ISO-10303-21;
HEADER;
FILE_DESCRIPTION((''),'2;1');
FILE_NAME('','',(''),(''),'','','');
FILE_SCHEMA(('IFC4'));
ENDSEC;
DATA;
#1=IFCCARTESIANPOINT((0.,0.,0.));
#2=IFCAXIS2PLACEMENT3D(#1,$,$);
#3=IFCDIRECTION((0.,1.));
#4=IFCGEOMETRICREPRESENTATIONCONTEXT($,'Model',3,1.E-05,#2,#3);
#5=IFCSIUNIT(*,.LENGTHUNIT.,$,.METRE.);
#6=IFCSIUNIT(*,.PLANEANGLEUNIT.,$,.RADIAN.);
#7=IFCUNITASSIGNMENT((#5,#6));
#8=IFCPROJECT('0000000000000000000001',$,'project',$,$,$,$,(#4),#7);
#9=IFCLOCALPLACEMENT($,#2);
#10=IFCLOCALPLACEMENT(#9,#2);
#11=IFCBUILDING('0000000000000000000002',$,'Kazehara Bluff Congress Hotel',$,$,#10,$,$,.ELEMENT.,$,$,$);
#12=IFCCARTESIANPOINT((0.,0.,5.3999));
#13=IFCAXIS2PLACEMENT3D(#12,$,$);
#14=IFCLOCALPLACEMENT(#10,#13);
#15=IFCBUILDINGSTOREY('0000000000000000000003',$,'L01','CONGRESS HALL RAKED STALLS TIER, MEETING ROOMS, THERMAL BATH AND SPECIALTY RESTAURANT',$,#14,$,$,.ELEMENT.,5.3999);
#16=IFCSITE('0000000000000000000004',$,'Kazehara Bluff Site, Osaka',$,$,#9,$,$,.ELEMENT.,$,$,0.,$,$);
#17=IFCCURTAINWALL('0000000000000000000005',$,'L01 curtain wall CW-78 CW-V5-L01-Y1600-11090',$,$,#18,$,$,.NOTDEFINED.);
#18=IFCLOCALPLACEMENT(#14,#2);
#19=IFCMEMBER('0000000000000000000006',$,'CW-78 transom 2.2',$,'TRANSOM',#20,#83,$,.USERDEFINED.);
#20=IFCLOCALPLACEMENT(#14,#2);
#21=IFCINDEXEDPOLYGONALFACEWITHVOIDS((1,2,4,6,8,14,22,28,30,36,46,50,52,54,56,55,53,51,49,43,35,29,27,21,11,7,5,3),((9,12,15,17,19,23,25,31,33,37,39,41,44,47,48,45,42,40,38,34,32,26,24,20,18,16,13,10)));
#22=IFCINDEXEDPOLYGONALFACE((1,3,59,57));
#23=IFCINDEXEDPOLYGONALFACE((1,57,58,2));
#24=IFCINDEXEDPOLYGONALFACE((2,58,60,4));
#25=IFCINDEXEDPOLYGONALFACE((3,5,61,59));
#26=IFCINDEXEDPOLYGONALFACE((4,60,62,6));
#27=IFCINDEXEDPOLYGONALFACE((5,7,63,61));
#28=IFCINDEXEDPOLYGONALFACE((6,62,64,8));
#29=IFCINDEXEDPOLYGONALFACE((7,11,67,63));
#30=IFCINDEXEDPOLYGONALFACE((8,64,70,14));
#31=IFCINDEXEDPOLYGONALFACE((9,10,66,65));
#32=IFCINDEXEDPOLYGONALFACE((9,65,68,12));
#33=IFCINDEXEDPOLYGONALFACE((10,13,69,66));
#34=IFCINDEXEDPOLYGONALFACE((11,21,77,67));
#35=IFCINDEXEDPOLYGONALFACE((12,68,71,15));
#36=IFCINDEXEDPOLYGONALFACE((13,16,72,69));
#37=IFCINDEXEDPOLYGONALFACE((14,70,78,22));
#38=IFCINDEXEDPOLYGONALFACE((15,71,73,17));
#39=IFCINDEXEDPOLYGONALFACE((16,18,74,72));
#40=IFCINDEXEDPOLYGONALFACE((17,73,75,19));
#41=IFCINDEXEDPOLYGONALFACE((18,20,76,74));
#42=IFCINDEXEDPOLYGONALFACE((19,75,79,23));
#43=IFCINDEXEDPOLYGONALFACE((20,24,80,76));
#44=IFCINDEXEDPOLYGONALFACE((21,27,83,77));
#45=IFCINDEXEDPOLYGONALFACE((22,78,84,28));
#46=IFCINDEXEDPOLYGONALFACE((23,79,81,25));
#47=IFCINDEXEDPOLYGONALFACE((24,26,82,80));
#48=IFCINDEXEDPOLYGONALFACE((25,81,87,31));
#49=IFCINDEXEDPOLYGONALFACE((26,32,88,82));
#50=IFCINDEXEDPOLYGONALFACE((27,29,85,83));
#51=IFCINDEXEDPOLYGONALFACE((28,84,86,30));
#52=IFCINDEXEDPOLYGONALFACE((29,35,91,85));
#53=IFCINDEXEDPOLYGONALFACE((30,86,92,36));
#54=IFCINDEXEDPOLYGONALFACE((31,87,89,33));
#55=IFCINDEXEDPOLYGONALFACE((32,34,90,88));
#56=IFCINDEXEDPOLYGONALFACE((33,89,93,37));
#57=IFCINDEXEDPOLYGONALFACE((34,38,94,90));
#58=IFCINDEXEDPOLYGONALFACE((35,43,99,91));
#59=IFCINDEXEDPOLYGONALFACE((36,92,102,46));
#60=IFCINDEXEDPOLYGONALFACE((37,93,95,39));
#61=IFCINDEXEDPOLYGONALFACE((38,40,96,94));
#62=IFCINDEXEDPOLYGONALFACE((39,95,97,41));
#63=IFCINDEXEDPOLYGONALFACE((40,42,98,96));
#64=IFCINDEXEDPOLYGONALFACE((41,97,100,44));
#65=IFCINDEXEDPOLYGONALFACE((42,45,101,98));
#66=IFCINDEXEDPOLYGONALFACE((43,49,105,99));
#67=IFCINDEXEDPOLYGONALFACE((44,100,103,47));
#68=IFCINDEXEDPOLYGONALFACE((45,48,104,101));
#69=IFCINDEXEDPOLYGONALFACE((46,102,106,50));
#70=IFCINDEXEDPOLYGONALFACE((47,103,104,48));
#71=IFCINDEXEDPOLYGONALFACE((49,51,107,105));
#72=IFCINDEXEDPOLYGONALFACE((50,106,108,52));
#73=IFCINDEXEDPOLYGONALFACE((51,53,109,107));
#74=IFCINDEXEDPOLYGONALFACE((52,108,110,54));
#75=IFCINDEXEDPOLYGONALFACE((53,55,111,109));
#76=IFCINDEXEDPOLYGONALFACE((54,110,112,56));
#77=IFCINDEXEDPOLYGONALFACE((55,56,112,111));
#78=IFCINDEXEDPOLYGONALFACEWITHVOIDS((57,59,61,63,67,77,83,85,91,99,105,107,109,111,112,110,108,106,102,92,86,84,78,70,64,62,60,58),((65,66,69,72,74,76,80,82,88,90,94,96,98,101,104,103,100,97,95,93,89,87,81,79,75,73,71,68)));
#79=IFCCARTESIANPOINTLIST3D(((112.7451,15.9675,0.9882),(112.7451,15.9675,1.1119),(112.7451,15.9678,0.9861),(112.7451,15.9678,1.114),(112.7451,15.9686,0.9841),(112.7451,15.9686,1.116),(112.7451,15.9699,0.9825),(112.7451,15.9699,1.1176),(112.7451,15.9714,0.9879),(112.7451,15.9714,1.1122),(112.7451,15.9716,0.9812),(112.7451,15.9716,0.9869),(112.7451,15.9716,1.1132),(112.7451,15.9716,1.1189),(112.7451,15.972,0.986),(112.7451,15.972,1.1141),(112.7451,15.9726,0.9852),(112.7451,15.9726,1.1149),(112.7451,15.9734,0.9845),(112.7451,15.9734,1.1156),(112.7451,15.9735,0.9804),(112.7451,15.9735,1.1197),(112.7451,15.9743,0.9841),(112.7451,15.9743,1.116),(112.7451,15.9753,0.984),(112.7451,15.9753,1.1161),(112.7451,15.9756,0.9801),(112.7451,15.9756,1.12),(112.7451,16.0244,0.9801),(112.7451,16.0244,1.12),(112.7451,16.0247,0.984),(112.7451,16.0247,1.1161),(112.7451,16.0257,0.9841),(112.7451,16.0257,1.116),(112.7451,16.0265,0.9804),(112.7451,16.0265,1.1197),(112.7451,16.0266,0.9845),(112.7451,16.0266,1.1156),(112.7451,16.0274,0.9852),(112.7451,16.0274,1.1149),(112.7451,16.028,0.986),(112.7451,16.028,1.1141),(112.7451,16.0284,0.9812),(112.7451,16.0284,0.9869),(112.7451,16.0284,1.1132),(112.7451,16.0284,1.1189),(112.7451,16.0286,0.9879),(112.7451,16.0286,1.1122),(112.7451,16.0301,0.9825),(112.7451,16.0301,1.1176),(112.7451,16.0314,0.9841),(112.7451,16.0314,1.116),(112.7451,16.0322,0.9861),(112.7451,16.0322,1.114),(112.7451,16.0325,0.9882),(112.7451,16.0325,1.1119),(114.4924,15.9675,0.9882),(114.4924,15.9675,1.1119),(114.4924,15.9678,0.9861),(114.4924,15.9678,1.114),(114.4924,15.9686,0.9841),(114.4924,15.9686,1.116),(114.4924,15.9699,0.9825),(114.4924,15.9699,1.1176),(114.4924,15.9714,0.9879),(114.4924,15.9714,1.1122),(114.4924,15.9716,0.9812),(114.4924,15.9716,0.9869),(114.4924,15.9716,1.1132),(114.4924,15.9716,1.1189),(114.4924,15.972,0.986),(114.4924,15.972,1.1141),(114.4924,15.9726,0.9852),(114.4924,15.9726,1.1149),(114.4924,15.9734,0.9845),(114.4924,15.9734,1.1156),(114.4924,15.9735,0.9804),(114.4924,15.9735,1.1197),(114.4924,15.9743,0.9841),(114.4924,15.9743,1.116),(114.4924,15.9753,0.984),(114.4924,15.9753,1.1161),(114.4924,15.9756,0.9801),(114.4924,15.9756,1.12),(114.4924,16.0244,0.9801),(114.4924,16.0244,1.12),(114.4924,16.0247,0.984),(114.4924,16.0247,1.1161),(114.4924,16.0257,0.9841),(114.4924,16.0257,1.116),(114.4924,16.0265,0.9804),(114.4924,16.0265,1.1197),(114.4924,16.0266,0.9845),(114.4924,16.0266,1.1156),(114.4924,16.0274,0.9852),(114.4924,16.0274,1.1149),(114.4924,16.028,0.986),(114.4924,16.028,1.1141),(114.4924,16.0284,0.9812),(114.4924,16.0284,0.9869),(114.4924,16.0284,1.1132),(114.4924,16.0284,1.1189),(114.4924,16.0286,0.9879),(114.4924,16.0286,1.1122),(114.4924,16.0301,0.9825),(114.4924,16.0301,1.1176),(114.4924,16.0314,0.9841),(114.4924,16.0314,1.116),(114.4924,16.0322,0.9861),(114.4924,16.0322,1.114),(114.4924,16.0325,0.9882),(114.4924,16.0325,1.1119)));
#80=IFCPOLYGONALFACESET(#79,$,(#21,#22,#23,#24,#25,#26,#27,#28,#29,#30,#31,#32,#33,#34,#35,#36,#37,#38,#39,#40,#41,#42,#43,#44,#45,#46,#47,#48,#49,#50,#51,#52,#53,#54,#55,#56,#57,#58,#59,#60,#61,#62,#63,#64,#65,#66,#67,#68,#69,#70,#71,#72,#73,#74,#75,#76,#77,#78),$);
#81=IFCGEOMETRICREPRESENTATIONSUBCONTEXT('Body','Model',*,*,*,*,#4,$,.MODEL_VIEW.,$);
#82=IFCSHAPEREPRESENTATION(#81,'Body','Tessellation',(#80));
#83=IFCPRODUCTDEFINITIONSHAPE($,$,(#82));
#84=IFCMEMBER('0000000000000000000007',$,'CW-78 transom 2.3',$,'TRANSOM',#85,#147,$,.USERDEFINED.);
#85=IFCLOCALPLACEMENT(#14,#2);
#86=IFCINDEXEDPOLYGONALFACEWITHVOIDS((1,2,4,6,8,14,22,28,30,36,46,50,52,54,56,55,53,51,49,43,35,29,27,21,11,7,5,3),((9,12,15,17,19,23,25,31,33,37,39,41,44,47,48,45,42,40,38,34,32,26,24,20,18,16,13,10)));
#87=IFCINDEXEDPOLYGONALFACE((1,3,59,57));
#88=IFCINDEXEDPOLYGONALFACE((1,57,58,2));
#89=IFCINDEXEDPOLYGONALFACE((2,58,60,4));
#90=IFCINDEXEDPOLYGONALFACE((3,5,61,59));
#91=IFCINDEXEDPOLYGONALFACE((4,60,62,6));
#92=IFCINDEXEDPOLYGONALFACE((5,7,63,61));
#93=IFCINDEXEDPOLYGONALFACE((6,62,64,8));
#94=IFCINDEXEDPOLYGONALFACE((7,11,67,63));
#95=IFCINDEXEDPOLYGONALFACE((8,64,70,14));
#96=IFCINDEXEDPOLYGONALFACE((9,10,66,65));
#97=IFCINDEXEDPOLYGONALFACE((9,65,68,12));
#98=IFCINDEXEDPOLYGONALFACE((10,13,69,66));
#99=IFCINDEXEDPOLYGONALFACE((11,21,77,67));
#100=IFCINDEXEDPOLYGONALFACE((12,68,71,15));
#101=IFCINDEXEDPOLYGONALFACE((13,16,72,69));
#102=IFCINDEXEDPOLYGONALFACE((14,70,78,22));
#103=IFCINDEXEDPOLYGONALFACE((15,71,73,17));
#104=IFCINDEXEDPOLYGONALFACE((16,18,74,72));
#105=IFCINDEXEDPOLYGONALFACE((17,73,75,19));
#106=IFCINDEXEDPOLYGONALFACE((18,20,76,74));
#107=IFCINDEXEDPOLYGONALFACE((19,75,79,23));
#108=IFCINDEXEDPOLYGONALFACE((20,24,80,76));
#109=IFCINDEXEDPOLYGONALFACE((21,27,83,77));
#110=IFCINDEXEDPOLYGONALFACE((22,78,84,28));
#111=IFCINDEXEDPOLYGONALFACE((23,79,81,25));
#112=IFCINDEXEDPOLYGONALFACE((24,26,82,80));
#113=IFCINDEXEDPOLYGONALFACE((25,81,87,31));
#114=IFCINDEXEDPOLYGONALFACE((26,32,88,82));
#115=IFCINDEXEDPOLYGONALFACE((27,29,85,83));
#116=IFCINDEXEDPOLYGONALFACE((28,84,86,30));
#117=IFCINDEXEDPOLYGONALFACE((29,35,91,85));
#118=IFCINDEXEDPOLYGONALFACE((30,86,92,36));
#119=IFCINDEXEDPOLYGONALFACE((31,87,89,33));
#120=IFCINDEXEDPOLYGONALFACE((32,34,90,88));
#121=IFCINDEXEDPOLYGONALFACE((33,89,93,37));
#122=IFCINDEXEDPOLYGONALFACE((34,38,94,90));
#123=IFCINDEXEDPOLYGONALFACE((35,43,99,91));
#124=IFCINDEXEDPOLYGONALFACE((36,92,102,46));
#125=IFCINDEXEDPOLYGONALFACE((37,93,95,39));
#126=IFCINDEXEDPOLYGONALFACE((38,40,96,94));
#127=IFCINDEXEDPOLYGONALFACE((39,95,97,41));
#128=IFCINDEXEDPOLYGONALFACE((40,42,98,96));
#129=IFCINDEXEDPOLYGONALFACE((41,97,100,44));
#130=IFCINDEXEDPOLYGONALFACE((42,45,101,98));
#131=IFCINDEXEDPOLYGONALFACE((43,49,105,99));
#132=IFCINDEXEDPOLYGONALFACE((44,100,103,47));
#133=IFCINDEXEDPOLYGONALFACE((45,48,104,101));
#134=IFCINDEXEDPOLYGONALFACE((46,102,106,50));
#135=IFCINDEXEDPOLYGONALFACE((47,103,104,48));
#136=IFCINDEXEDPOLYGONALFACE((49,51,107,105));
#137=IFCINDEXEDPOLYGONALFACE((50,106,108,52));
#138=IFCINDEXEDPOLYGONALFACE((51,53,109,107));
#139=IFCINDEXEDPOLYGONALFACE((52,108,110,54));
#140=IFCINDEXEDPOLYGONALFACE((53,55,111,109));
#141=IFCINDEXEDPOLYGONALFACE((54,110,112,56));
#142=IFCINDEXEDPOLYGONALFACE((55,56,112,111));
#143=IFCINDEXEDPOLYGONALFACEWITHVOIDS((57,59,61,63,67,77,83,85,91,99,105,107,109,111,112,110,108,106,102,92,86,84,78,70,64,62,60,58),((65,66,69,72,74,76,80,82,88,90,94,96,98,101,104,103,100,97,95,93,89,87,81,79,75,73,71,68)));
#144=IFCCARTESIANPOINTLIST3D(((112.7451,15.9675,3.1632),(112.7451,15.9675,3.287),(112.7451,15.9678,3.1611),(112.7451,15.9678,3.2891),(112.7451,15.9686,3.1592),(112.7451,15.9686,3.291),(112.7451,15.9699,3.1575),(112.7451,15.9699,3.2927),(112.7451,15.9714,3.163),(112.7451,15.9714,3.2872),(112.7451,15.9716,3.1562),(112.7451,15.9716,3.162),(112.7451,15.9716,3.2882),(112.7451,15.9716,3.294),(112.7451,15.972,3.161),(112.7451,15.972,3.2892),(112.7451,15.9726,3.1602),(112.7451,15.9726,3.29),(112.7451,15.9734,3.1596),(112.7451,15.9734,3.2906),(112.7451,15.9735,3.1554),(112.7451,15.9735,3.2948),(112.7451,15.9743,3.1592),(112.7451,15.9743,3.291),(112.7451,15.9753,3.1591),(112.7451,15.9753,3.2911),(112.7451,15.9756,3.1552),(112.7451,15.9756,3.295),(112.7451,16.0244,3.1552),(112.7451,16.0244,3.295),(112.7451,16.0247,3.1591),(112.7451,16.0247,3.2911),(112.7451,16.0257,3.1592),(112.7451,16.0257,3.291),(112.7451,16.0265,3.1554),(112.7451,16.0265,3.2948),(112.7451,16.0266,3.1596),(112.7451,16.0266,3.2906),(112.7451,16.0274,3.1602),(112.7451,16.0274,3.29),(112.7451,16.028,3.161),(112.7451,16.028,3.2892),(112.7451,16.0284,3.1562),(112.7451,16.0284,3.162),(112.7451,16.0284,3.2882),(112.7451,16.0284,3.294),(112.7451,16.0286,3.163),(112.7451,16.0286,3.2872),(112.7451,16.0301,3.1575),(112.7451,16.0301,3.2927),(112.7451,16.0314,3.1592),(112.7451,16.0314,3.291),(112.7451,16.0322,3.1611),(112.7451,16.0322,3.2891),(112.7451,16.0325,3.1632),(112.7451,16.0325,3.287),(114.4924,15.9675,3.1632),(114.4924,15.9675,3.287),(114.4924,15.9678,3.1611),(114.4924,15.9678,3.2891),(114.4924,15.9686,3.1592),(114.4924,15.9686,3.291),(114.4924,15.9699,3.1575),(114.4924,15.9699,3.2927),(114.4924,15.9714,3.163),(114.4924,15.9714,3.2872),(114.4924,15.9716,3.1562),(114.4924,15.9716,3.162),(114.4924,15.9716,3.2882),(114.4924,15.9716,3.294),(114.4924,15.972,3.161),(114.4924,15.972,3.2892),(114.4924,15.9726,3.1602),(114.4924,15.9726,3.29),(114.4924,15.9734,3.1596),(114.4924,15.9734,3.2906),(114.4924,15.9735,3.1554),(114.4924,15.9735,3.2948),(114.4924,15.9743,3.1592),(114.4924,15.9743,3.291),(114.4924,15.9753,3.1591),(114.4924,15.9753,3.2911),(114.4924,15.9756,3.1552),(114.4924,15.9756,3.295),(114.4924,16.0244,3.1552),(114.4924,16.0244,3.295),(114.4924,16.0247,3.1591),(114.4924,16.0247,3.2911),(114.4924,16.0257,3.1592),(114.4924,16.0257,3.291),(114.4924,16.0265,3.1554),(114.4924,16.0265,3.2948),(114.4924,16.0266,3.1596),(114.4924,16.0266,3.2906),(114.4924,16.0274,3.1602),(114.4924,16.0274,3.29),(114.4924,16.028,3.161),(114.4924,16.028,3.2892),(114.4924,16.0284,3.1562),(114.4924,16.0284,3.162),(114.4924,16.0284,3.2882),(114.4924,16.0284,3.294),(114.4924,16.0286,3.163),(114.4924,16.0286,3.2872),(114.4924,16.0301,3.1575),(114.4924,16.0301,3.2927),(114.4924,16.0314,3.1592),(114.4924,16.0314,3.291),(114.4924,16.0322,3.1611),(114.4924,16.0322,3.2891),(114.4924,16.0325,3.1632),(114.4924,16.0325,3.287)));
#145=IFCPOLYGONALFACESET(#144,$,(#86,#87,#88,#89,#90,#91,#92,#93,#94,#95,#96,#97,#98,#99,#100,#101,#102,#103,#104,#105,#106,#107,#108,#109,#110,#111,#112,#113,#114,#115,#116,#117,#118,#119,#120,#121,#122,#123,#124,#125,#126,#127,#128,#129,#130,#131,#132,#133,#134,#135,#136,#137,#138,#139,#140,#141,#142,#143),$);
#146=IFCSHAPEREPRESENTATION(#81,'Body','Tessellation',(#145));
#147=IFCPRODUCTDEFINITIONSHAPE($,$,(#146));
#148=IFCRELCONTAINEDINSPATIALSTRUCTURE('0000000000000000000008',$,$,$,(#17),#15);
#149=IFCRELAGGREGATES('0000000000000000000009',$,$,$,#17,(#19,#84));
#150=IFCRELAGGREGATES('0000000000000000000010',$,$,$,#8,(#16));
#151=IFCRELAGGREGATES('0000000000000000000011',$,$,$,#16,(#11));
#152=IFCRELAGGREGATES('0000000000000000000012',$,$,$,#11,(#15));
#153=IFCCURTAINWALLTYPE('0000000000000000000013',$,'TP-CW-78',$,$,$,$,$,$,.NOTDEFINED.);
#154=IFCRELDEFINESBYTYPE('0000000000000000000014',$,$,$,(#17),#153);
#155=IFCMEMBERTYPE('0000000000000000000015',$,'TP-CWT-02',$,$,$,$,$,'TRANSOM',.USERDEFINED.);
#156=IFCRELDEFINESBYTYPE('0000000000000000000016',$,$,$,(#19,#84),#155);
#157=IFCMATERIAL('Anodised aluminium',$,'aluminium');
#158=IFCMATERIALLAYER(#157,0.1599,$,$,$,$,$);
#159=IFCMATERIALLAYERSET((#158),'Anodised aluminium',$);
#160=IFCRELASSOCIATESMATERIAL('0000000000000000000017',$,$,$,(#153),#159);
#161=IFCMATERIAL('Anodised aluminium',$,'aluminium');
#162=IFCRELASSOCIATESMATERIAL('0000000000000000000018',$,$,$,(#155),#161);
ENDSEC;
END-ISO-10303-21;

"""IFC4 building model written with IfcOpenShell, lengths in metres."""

from ifc_helpers import new_model, si_unit, direction, frame, origin, origin_2d, place, context, subcontext, project, spatial, hollow_rectangle, extrude, material, layer, layer_set, material_profile, profile_set, type_object, element, aggregate, save


model = new_model("IFC4")

# Units and contexts
model_context = context("Model", 3, precision=1e-05, world=origin(), true_north=direction((0.0, 1.0)))
body_context = subcontext(model_context, "Body", "Model", "MODEL_VIEW")
ifc_project = project(units=[si_unit("LENGTHUNIT", "METRE"), si_unit("PLANEANGLEUNIT", "RADIAN")], contexts=[model_context])

# Site, building, storey
site_placement = place(None, origin())
site = spatial("IfcSite", under=ifc_project, at=site_placement, Name="Kazehara Bluff Site, Osaka", CompositionType="ELEMENT", RefElevation=0.0)
building_placement = place(site_placement, origin())
building = spatial("IfcBuilding", under=site, at=building_placement, Name="Kazehara Bluff Congress Hotel", CompositionType="ELEMENT")
storey_placement = place(building_placement, frame((0.0, 0.0, 5.3999)))
storey = spatial("IfcBuildingStorey", under=building, at=storey_placement, Name="L01", Description="CONGRESS HALL RAKED STALLS TIER, MEETING ROOMS, THERMAL BATH AND SPECIALTY RESTAURANT", CompositionType="ELEMENT", Elevation=5.3999)

# Curtain wall, members
ifc_material_1 = material(Name="Anodised aluminium", Category="aluminium")
ifc_layer_1 = layer(ifc_material_1, 0.1599)
ifc_layer_set_1 = layer_set([ifc_layer_1], Name="Anodised aluminium")
curtain_wall_type = type_object("IfcCurtainWallType", Name="TP-CW-78", PredefinedType="NOTDEFINED", material=ifc_layer_set_1)
curtain_wall_placement = place(storey_placement, origin())
curtain_wall = element("IfcCurtainWall", 1, at=curtain_wall_placement, inside=storey, type_object=curtain_wall_type, Name="L01 curtain wall CW-78 CW-V5-L01-Y1600-11090", PredefinedType="NOTDEFINED")
ifc_material_2 = material(Name="Anodised aluminium", Category="aluminium")
ifc_material_profile_1 = material_profile(ifc_material_2, hollow_rectangle(XDim=0.0649, YDim=0.1399, WallThickness=0.0039, InnerFilletRadius=0.0039, OuterFilletRadius=0.0081, at=origin_2d()))
ifc_profile_set_1 = profile_set([ifc_material_profile_1], Name="Anodised aluminium")
member_type_1 = type_object("IfcMemberType", Name="TP-CWT-02", ElementType="TRANSOM", PredefinedType="USERDEFINED", material=ifc_profile_set_1)
member_1_placement = place(storey_placement, frame((112.7451, 16.0, 1.05), z_axis=(1.0, 0.0, 0.0), x_axis=(0.0, 1.0, 0.0)))
member_1 = element("IfcMember", 2, at=member_1_placement, type_object=member_type_1, Name="CW-78 transom 2.2", ObjectType="TRANSOM", PredefinedType="USERDEFINED", context=body_context, shape_type="SweptSolid", body=[
    extrude(hollow_rectangle(XDim=0.0649, YDim=0.1399, WallThickness=0.0039, InnerFilletRadius=0.0039, OuterFilletRadius=0.0081, at=origin_2d()), origin(), (0.0, 0.0, 1.0), 1.7473),
])
member_2_placement = place(storey_placement, frame((112.7451, 16.0, 3.2251), z_axis=(1.0, 0.0, 0.0), x_axis=(0.0, 1.0, 0.0)))
member_2 = element("IfcMember", 3, at=member_2_placement, type_object=member_type_1, Name="CW-78 transom 2.3", ObjectType="TRANSOM", PredefinedType="USERDEFINED", context=body_context, shape_type="SweptSolid", body=[
    extrude(hollow_rectangle(XDim=0.0649, YDim=0.1399, WallThickness=0.0039, InnerFilletRadius=0.0039, OuterFilletRadius=0.0081, at=origin_2d()), origin(), (0.0, 0.0, 1.0), 1.7473),
])

aggregate(curtain_wall, [member_1, member_2])

save(model, "model.ifc")
